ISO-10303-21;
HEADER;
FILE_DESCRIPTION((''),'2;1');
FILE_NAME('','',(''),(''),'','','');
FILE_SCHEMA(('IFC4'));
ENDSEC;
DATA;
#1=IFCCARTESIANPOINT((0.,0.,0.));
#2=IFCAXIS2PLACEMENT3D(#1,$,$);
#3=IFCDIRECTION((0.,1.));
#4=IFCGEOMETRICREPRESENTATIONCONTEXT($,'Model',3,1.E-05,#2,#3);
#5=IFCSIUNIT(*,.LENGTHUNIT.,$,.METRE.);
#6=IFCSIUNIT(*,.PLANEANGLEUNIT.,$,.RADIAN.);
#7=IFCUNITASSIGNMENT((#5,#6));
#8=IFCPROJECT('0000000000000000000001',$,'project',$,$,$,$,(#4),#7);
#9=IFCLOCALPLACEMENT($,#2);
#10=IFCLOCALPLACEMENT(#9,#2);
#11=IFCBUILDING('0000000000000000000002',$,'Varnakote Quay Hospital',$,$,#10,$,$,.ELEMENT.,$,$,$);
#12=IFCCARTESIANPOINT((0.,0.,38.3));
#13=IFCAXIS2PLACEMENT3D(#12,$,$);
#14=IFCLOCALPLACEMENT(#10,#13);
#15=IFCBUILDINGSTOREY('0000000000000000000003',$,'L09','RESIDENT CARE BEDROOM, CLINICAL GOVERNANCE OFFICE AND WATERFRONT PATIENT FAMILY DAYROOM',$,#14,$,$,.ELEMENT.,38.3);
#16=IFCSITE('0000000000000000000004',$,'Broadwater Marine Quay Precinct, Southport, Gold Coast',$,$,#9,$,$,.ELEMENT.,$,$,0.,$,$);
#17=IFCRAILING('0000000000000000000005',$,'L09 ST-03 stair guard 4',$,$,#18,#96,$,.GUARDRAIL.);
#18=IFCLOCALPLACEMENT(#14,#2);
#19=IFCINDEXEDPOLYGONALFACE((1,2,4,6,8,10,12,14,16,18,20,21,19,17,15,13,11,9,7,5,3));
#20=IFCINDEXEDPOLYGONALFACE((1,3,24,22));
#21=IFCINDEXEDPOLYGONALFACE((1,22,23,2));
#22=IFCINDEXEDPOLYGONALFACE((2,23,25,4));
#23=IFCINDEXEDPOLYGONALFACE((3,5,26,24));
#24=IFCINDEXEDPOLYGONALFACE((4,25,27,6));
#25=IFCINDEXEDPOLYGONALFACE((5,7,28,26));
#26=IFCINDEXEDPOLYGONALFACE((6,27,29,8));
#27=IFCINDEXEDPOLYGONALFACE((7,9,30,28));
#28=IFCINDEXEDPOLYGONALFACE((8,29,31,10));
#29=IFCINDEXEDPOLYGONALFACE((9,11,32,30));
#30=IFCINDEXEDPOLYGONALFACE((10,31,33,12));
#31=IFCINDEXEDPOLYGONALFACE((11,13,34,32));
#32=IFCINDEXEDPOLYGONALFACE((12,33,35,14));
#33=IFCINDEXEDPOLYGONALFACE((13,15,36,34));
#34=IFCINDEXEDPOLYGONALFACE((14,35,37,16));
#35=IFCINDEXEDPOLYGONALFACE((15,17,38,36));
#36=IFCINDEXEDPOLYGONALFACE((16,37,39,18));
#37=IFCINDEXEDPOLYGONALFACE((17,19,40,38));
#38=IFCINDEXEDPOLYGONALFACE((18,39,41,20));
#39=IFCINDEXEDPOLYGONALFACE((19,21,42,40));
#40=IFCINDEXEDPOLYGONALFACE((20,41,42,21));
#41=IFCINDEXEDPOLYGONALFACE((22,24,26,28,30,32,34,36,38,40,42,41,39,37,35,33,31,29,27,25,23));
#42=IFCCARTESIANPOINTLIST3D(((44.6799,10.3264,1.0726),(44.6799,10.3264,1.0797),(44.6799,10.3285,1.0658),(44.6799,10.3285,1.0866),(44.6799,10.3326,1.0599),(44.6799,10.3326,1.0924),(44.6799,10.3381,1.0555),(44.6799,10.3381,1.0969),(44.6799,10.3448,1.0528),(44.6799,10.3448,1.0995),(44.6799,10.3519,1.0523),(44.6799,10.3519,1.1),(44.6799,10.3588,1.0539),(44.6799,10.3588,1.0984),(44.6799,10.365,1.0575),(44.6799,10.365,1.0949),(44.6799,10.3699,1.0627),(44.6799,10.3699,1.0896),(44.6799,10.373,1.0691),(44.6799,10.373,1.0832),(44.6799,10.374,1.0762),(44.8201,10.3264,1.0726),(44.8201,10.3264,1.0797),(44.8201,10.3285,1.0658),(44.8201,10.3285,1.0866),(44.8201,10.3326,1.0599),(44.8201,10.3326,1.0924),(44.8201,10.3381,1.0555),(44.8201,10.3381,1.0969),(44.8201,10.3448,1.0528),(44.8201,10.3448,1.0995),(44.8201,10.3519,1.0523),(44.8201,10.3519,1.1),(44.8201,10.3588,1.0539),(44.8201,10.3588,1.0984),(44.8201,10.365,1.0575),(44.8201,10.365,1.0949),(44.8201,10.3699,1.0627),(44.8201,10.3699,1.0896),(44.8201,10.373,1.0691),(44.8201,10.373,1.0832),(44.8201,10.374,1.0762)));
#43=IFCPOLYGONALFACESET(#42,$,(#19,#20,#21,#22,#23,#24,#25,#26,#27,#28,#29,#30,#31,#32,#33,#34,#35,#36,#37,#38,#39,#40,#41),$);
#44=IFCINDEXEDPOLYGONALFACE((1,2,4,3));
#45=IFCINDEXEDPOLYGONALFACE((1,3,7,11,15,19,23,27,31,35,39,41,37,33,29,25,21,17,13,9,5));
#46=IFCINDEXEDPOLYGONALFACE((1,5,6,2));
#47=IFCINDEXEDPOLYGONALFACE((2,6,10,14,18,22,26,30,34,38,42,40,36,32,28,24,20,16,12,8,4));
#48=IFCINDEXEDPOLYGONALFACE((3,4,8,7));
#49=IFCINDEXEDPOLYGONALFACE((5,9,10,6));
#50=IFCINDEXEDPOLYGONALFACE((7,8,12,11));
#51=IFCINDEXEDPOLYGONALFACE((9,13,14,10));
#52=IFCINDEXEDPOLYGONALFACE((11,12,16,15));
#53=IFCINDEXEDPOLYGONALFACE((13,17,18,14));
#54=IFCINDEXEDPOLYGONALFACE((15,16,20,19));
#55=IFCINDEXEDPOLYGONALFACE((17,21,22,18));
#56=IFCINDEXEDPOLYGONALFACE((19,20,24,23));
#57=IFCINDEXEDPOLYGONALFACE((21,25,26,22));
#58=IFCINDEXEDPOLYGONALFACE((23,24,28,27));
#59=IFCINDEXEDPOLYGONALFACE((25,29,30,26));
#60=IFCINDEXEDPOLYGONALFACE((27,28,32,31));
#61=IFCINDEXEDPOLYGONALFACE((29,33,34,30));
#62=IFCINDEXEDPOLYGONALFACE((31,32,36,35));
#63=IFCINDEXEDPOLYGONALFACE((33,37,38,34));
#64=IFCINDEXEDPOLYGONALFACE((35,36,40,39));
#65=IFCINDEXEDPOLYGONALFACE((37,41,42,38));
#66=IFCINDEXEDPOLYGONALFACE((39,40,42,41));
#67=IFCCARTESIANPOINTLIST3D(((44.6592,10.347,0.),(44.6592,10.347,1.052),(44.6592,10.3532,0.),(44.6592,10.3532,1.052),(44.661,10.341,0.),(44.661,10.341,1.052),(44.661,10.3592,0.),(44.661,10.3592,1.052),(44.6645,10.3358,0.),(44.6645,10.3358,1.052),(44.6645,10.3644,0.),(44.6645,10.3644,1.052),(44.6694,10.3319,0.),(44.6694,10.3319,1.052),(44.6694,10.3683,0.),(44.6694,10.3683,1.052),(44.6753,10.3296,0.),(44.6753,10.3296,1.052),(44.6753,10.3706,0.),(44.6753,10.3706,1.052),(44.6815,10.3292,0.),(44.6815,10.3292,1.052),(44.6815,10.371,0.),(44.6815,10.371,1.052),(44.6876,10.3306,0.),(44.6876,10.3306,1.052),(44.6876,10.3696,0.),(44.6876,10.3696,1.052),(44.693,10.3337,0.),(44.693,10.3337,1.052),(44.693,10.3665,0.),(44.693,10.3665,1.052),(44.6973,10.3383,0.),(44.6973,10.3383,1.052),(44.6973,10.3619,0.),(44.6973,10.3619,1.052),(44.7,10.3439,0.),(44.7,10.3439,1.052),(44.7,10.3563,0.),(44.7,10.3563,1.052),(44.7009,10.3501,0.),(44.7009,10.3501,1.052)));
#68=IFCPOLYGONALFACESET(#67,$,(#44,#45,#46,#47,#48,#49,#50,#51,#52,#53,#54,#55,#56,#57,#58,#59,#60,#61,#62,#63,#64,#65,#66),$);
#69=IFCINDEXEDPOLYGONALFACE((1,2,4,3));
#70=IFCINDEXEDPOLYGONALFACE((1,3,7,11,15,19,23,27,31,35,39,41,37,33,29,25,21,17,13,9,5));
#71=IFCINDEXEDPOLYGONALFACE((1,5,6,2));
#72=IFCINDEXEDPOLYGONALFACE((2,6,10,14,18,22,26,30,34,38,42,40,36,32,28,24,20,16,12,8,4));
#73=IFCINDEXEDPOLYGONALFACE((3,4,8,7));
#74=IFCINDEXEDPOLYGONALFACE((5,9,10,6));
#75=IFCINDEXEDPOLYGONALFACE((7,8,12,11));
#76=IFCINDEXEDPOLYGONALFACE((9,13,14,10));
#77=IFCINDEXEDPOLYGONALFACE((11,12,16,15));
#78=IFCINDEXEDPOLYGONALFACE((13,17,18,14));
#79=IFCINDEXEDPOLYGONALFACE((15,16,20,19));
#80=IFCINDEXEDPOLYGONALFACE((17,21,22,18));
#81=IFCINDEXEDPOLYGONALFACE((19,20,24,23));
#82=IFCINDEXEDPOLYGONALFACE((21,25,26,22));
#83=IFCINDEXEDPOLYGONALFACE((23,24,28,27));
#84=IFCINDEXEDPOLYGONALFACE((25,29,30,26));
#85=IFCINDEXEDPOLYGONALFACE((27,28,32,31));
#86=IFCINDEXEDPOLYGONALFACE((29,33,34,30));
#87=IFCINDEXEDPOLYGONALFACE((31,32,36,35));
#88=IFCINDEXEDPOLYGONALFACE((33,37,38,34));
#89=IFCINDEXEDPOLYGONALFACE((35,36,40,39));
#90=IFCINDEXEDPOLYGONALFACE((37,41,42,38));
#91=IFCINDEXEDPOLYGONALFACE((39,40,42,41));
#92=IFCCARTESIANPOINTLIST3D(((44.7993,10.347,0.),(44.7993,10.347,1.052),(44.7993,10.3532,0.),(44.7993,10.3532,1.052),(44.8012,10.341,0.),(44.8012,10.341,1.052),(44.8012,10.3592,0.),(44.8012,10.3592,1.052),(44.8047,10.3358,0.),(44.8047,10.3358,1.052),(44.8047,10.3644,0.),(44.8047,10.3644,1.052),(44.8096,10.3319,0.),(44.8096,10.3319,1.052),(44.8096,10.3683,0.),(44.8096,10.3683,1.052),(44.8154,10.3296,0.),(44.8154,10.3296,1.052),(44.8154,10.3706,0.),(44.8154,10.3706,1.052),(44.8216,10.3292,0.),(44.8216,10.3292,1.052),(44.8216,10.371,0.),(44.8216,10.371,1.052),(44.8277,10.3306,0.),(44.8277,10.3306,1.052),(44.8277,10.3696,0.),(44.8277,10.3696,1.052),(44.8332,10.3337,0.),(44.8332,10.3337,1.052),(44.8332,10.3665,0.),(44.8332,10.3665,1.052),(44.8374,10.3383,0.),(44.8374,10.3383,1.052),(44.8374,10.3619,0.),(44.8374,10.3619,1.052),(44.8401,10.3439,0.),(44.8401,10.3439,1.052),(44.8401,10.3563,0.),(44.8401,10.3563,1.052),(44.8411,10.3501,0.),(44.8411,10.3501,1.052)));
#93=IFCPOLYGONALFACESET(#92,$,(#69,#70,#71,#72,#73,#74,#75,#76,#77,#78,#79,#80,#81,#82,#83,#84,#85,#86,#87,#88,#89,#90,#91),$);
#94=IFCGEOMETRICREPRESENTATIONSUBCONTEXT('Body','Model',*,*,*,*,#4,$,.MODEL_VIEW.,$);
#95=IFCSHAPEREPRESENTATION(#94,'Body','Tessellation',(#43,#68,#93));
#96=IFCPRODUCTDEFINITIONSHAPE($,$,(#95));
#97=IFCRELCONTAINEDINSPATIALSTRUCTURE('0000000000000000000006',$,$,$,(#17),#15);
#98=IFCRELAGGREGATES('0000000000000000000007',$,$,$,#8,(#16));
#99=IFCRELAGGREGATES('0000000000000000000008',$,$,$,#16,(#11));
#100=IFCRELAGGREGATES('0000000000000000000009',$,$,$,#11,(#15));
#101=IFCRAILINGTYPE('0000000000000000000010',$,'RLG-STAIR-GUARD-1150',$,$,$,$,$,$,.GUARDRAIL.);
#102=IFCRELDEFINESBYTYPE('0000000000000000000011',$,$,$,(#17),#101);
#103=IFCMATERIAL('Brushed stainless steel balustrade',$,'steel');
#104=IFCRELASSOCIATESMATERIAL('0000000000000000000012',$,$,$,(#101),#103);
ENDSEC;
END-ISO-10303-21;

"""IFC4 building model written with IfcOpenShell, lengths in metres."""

from ifc_helpers import new_model, si_unit, direction, frame, origin, origin_2d, place, context, subcontext, project, spatial, circle, extrude, material, type_object, element, save


model = new_model("IFC4")

# Units and contexts
model_context = context("Model", 3, precision=1e-05, world=origin(), true_north=direction((0.0, 1.0)))
body_context = subcontext(model_context, "Body", "Model", "MODEL_VIEW")
ifc_project = project(units=[si_unit("LENGTHUNIT", "METRE"), si_unit("PLANEANGLEUNIT", "RADIAN")], contexts=[model_context])

# Site, building, storey
site_placement = place(None, origin())
site = spatial("IfcSite", under=ifc_project, at=site_placement, Name="Broadwater Marine Quay Precinct, Southport, Gold Coast", CompositionType="ELEMENT", RefElevation=0.0)
building_placement = place(site_placement, origin())
building = spatial("IfcBuilding", under=site, at=building_placement, Name="Varnakote Quay Hospital", CompositionType="ELEMENT")
storey_placement = place(building_placement, frame((0.0, 0.0, 38.3)))
storey = spatial("IfcBuildingStorey", under=building, at=storey_placement, Name="L09", Description="RESIDENT CARE BEDROOM, CLINICAL GOVERNANCE OFFICE AND WATERFRONT PATIENT FAMILY DAYROOM", CompositionType="ELEMENT", Elevation=38.3)

# Railing
ifc_material_1 = material(Name="Brushed stainless steel balustrade", Category="steel")
railing_type_1 = type_object("IfcRailingType", Name="RLG-STAIR-GUARD-1150", PredefinedType="GUARDRAIL", material=ifc_material_1)
railing_1_placement = place(storey_placement, frame((44.6799, 10.3501, 0.0)))
element("IfcRailing", 1, at=railing_1_placement, inside=storey, type_object=railing_type_1, Name="L09 ST-03 stair guard 4", PredefinedType="GUARDRAIL", context=body_context, shape_type="SweptSolid", body=[
    extrude(circle(Radius=0.0239, at=origin_2d()), frame((0.0, 0.0, 1.0762), z_axis=(1.0, 0.0, 0.0), x_axis=(0.0, 1.0, 0.0)), (0.0, 0.0, 1.0), 0.1401),
    extrude(circle(Radius=0.021, at=origin_2d()), origin(), (0.0, 0.0, 1.0), 1.052),
    extrude(circle(Radius=0.021, at=origin_2d()), frame((0.1401, 0.0, 0.0)), (0.0, 0.0, 1.0), 1.052),
])

save(model, "model.ifc")
